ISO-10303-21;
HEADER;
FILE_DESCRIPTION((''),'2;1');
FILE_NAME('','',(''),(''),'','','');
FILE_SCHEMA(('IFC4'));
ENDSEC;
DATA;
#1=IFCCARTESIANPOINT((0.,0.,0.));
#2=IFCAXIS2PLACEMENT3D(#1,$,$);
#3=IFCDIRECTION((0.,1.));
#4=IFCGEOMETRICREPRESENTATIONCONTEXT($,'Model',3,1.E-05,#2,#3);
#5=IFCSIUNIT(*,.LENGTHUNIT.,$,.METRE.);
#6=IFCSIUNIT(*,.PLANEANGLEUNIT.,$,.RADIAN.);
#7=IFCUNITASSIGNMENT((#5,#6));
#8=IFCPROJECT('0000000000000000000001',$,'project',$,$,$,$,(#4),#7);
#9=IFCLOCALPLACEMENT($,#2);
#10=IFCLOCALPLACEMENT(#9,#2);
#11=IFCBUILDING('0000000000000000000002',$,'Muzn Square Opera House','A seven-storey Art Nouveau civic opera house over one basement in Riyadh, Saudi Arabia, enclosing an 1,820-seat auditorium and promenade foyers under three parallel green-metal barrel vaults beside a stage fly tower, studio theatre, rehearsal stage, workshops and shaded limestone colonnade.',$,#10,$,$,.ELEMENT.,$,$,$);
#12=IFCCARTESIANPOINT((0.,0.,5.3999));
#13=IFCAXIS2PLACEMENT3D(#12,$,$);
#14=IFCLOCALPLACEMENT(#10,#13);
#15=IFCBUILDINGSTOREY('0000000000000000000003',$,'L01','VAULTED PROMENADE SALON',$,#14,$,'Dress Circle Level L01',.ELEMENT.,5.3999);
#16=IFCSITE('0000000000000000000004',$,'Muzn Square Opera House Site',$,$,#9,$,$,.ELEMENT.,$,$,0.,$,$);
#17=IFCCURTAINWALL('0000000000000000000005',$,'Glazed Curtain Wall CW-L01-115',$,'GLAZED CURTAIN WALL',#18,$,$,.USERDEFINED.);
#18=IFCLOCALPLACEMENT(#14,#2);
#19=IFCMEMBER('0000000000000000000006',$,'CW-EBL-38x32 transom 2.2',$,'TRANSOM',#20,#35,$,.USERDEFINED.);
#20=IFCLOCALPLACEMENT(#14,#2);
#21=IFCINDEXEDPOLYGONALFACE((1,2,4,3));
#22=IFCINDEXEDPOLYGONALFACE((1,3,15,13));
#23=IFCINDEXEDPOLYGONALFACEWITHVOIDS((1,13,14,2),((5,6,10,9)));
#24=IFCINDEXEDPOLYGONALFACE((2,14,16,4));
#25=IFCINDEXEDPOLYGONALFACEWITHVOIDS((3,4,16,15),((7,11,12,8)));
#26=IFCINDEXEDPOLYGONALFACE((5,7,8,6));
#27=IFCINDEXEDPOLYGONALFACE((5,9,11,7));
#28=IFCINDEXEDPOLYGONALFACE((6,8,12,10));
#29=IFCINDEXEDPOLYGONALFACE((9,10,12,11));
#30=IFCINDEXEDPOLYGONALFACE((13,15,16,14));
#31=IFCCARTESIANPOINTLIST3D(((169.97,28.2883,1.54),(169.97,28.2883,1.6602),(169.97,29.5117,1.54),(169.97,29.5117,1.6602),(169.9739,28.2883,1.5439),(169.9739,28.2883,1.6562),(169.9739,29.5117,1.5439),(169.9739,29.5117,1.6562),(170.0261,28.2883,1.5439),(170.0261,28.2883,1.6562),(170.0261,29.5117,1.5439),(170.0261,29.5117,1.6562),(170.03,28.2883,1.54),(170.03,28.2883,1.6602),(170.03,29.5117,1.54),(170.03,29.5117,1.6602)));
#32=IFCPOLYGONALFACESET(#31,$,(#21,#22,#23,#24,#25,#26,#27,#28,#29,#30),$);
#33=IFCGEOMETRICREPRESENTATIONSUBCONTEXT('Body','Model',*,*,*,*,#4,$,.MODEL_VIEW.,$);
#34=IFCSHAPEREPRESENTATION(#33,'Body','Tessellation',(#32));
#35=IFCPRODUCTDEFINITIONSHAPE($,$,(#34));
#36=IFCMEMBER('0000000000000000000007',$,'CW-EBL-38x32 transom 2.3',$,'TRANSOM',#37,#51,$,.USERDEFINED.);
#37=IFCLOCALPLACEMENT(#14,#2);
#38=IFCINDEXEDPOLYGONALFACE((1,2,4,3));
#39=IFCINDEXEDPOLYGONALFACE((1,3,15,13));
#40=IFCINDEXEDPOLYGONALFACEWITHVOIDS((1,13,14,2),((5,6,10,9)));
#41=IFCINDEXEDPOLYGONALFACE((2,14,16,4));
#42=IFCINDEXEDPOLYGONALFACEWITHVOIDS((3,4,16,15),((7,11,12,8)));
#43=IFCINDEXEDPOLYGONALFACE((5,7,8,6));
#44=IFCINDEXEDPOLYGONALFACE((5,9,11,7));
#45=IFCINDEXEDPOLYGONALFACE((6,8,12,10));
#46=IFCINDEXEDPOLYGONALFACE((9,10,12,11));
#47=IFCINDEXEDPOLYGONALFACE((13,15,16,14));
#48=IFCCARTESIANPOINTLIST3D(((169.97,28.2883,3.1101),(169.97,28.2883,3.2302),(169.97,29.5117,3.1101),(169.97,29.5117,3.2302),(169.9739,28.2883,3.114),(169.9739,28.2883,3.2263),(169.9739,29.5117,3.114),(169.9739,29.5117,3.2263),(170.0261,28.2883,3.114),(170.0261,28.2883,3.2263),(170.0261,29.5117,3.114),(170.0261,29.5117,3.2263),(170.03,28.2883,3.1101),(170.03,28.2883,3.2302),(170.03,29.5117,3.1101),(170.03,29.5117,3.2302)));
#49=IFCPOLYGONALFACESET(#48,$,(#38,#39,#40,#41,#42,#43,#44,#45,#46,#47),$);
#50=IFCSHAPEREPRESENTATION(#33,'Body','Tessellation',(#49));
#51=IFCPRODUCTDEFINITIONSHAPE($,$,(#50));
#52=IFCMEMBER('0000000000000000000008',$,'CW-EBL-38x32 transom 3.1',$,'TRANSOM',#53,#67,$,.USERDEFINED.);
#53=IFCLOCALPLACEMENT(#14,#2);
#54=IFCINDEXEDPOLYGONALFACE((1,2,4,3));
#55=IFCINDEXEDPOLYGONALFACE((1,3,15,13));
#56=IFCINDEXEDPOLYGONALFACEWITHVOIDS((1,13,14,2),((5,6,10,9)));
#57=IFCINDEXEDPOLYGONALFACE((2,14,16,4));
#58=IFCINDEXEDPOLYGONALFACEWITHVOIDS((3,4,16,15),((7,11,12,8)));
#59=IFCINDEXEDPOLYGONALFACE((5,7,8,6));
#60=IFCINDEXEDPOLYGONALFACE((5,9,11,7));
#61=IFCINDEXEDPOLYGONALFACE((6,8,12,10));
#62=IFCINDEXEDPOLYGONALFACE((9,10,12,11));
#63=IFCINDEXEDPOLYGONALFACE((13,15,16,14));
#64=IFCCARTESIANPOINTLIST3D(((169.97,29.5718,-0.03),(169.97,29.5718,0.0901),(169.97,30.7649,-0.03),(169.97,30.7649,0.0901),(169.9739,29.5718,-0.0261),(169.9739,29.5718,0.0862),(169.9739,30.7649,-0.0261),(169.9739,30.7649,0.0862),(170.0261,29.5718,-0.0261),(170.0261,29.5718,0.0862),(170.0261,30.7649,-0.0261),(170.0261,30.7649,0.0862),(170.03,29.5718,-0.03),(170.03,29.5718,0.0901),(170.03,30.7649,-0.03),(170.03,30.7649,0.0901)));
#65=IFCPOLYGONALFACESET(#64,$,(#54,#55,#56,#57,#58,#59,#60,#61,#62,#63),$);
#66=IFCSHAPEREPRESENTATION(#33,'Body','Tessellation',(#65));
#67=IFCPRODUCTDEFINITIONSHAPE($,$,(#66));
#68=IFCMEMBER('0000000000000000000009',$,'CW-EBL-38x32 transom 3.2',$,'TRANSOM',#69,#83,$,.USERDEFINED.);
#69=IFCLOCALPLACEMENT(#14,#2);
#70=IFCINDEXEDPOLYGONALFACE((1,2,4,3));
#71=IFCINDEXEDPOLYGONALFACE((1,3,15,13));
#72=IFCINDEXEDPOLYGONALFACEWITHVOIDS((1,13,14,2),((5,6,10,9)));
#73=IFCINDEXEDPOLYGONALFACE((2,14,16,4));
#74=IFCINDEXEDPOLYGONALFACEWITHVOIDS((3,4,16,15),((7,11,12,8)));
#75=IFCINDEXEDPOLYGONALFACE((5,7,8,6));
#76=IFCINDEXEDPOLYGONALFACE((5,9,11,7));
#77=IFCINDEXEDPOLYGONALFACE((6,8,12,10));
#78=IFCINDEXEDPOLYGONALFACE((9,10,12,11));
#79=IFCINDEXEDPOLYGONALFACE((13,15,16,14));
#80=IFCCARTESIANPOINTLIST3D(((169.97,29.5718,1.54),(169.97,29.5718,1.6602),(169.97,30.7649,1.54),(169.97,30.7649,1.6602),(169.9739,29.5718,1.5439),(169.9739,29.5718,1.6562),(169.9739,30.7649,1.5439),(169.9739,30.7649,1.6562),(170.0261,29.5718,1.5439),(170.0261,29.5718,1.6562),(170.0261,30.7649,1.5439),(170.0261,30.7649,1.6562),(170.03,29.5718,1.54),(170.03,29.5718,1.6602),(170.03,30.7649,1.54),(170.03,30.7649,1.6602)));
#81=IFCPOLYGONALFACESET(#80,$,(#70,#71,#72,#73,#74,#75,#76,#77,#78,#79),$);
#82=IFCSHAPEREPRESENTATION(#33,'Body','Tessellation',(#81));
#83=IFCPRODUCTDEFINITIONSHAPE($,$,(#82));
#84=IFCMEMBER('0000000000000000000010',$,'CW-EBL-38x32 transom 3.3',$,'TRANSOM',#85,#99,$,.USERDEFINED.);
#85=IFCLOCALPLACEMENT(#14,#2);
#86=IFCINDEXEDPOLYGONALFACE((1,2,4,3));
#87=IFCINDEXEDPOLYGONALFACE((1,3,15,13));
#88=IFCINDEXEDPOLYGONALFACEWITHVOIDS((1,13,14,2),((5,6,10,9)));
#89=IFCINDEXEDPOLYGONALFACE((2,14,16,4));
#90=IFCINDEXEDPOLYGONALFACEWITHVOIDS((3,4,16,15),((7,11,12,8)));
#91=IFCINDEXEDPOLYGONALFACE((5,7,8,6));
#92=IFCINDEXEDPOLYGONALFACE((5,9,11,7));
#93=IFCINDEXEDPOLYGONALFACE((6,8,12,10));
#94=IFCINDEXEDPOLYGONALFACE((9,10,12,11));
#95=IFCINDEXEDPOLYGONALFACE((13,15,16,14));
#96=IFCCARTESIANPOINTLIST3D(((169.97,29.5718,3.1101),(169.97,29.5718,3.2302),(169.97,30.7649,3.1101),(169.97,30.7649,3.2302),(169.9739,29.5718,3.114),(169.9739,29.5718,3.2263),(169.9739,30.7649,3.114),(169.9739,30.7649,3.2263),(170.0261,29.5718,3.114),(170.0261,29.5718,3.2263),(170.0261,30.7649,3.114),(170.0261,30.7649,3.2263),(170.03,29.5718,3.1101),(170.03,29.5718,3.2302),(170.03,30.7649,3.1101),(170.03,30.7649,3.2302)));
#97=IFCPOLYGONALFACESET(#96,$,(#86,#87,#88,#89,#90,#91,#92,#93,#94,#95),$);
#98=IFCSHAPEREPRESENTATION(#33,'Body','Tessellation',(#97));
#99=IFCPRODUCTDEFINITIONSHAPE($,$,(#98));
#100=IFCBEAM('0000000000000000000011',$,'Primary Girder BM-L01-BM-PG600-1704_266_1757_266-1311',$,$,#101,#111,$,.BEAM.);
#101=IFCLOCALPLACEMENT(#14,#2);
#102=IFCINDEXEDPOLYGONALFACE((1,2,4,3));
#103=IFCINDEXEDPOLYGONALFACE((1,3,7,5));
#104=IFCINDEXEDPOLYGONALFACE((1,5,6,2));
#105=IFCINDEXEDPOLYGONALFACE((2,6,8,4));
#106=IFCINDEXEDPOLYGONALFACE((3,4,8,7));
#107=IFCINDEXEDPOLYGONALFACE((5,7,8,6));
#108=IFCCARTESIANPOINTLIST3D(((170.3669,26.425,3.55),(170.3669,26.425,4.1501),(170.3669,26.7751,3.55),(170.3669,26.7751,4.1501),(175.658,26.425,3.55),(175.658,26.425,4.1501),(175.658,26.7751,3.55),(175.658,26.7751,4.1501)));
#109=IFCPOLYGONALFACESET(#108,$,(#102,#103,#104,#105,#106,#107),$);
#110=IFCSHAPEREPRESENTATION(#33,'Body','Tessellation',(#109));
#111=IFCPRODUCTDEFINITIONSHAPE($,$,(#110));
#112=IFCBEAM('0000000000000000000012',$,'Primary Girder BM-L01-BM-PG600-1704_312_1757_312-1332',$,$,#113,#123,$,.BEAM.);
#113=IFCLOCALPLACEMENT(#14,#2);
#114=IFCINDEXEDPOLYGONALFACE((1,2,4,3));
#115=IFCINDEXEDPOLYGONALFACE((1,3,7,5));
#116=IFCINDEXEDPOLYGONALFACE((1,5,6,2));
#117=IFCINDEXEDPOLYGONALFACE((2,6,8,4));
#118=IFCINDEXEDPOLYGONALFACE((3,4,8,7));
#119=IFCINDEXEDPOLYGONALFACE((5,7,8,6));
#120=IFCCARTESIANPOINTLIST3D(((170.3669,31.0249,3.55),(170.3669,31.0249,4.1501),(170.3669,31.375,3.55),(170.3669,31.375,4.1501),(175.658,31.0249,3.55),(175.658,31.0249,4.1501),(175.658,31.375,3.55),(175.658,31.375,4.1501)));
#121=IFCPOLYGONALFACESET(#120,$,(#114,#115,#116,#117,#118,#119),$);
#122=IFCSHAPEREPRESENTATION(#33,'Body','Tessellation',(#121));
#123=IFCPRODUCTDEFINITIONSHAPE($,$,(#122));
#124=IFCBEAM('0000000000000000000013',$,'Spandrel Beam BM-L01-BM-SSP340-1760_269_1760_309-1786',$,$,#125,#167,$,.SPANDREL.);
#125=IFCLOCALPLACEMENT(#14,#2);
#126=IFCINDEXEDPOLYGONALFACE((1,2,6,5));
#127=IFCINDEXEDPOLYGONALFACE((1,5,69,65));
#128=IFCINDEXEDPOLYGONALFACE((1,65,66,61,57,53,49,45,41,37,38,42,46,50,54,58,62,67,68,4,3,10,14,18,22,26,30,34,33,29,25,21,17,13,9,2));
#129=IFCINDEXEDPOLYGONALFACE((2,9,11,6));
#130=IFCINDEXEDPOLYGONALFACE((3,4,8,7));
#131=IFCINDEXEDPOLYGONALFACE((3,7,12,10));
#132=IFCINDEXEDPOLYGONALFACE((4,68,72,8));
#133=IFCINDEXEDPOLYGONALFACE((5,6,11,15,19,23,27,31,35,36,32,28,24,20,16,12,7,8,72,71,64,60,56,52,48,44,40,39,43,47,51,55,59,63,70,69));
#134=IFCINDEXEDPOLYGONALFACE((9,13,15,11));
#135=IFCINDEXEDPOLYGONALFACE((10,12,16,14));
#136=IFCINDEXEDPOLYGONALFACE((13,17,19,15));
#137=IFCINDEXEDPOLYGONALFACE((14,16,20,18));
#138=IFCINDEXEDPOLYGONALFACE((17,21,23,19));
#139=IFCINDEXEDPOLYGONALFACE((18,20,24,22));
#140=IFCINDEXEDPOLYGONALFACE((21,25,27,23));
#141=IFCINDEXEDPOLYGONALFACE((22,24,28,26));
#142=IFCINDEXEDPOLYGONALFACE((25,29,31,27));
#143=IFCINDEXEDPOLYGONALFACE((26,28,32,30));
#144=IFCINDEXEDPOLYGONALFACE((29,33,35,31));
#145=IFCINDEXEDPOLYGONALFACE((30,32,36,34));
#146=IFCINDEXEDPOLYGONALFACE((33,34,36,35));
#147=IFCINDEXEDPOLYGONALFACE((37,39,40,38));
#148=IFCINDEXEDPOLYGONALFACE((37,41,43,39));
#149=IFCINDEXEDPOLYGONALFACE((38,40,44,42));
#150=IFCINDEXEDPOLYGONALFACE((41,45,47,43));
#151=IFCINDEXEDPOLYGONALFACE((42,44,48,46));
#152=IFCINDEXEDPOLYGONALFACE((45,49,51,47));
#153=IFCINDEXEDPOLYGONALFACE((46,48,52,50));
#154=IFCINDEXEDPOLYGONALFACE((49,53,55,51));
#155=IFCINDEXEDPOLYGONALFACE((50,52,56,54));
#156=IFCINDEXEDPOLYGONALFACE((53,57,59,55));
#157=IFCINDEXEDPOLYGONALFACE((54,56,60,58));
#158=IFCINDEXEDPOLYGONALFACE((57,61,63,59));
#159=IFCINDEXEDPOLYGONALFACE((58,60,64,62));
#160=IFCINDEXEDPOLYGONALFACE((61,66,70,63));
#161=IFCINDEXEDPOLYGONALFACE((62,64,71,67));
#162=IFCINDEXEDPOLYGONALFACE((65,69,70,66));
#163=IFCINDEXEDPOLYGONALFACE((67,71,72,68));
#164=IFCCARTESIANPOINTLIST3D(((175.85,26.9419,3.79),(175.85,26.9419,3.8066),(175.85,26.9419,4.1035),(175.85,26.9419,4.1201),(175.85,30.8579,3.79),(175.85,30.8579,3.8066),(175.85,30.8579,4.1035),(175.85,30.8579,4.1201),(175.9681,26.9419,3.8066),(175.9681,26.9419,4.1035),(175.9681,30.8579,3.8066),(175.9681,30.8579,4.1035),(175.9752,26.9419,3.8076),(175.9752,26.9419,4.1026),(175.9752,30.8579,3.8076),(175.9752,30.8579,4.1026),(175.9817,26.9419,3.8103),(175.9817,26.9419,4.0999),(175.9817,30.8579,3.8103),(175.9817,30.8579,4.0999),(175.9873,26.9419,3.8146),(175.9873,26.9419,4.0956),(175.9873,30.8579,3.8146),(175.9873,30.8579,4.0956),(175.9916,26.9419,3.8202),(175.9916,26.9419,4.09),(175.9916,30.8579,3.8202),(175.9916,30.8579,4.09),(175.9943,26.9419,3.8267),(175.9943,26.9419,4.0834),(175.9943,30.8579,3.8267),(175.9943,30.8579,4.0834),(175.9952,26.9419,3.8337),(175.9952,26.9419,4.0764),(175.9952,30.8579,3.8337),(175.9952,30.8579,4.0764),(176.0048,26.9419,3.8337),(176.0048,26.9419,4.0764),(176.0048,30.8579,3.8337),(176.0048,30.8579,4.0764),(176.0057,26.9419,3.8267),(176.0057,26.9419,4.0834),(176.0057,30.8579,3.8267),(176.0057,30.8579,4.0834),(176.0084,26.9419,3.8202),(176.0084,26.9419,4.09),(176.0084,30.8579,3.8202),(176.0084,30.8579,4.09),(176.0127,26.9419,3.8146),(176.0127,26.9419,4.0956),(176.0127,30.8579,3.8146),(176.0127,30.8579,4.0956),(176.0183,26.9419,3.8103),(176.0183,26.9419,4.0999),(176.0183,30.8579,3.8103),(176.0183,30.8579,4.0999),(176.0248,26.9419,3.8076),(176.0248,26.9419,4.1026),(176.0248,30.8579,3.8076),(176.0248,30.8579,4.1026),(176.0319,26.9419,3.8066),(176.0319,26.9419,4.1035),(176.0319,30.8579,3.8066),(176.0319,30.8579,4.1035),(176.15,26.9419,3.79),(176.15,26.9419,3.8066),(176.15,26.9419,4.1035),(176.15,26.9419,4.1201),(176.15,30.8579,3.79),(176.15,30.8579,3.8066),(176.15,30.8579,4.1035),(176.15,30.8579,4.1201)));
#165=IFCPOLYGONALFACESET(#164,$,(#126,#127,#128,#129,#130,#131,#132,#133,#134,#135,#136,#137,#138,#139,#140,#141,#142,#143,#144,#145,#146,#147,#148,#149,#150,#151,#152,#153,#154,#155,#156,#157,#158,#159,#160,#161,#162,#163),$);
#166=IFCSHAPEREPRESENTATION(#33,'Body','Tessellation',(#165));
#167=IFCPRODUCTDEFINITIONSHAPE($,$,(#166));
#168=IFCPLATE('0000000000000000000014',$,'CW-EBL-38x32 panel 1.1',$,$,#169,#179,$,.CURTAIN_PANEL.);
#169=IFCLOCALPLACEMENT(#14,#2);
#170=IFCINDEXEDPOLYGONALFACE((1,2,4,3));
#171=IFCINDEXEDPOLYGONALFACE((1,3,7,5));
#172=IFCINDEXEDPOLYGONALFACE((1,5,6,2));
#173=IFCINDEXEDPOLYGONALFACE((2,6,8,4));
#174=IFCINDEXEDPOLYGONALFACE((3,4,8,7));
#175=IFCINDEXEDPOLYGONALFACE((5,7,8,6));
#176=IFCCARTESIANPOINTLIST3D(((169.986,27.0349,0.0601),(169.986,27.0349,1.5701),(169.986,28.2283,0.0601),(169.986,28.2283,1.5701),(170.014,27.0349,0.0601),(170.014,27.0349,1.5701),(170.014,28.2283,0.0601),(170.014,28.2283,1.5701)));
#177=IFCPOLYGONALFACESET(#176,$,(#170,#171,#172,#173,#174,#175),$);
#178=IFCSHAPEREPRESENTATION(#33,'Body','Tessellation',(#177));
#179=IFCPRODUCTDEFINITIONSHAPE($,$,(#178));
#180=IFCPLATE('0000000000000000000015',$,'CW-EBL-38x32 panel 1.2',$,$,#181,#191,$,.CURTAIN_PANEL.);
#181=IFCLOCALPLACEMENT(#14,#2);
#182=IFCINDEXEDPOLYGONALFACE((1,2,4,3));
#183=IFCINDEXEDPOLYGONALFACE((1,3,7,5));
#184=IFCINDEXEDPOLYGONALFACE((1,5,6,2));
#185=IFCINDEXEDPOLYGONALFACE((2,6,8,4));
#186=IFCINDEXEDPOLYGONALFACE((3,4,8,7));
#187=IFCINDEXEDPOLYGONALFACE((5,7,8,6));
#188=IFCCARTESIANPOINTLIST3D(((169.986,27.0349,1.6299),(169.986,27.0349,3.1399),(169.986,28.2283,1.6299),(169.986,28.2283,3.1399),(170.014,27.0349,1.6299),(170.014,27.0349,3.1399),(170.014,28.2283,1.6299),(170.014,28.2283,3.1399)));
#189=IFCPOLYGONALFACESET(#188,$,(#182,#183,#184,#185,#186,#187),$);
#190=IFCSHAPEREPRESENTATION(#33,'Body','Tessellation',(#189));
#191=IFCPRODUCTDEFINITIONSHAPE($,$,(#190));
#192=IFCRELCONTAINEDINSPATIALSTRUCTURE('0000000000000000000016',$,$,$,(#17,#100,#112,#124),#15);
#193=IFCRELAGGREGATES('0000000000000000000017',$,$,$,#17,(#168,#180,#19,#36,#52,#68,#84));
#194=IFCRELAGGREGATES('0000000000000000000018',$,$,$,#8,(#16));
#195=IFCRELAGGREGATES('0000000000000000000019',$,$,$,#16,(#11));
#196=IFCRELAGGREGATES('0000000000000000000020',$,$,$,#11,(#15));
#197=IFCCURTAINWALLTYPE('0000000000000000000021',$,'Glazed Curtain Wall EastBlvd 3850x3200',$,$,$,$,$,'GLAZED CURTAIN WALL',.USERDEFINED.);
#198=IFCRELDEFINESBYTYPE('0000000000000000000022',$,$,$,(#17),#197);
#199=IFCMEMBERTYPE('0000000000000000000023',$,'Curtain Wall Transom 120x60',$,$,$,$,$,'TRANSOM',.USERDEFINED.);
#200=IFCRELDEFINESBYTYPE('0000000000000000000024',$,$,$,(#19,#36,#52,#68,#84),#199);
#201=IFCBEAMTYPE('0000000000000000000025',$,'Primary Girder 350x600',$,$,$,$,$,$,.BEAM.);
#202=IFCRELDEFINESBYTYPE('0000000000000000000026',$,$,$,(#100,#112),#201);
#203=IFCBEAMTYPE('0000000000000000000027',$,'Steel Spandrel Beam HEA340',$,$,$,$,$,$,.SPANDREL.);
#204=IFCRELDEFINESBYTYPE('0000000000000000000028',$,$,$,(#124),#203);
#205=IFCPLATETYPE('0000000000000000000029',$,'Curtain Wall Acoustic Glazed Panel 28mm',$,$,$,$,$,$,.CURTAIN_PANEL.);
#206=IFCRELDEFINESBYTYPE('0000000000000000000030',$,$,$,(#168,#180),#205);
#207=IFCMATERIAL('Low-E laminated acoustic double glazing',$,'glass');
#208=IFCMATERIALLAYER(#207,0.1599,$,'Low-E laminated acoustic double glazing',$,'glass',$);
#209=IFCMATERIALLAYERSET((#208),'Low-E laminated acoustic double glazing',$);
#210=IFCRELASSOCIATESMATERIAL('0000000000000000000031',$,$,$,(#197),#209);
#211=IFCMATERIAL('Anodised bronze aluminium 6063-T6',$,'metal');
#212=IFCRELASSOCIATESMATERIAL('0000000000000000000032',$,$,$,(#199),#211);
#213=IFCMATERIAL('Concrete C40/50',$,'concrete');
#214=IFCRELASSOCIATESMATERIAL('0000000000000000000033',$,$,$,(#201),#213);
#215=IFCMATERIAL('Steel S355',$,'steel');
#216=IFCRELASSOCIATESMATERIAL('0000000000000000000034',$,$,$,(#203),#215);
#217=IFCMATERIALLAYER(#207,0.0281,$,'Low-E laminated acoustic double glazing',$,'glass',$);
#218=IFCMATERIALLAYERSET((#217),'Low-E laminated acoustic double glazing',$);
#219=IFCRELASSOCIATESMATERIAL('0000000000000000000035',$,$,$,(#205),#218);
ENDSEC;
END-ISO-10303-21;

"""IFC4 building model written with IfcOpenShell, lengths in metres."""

from ifc_helpers import new_model, si_unit, direction, frame, origin, origin_2d, place, context, subcontext, project, spatial, rectangle, hollow_rectangle, i_section, extrude, material, layer, layer_set, material_profile, profile_set, type_object, element, aggregate, save


model = new_model("IFC4")

# Units and contexts
model_context = context("Model", 3, precision=1e-05, world=origin(), true_north=direction((0.0, 1.0)))
body_context = subcontext(model_context, "Body", "Model", "MODEL_VIEW")
ifc_project = project(units=[si_unit("LENGTHUNIT", "METRE"), si_unit("PLANEANGLEUNIT", "RADIAN")], contexts=[model_context])

# Site, building, storey
site_placement = place(None, origin())
site = spatial("IfcSite", under=ifc_project, at=site_placement, Name="Muzn Square Opera House Site", CompositionType="ELEMENT", RefElevation=0.0)
building_placement = place(site_placement, origin())
building = spatial("IfcBuilding", under=site, at=building_placement, Name="Muzn Square Opera House", Description="A seven-storey Art Nouveau civic opera house over one basement in Riyadh, Saudi Arabia, enclosing an 1,820-seat auditorium and promenade foyers under three parallel green-metal barrel vaults beside a stage fly tower, studio theatre, rehearsal stage, workshops and shaded limestone colonnade.", CompositionType="ELEMENT")
storey_placement = place(building_placement, frame((0.0, 0.0, 5.3999)))
storey = spatial("IfcBuildingStorey", under=building, at=storey_placement, Name="L01", Description="VAULTED PROMENADE SALON", LongName="Dress Circle Level L01", CompositionType="ELEMENT", Elevation=5.3999)

# Curtain wall, members
ifc_material_1 = material(Name="Low-E laminated acoustic double glazing", Category="glass")
ifc_layer_1 = layer(ifc_material_1, 0.1599, Name="Low-E laminated acoustic double glazing", Category="glass")
ifc_layer_set_1 = layer_set([ifc_layer_1], Name="Low-E laminated acoustic double glazing")
curtain_wall_type = type_object("IfcCurtainWallType", Name="Glazed Curtain Wall EastBlvd 3850x3200", ElementType="GLAZED CURTAIN WALL", PredefinedType="USERDEFINED", material=ifc_layer_set_1)
curtain_wall_placement = place(storey_placement, origin())
curtain_wall = element("IfcCurtainWall", 1, at=curtain_wall_placement, inside=storey, type_object=curtain_wall_type, Name="Glazed Curtain Wall CW-L01-115", ObjectType="GLAZED CURTAIN WALL", PredefinedType="USERDEFINED")
ifc_material_2 = material(Name="Anodised bronze aluminium 6063-T6", Category="metal")
ifc_material_profile_1 = material_profile(ifc_material_2, hollow_rectangle(XDim=0.0601, YDim=0.1201, WallThickness=0.0039, at=origin_2d()), Name="ALU 120x60x4", Category="metal")
ifc_profile_set_1 = profile_set([ifc_material_profile_1], Name="Anodised bronze aluminium 6063-T6")
member_type_1 = type_object("IfcMemberType", Name="Curtain Wall Transom 120x60", ElementType="TRANSOM", PredefinedType="USERDEFINED", material=ifc_profile_set_1)
member_1_placement = place(storey_placement, frame((170.0, 28.2883, 1.6001), z_axis=(0.0, 1.0, 0.0), x_axis=(-1.0, 0.0, 0.0)))
member_1 = element("IfcMember", 2, at=member_1_placement, type_object=member_type_1, Name="CW-EBL-38x32 transom 2.2", ObjectType="TRANSOM", PredefinedType="USERDEFINED", context=body_context, shape_type="SweptSolid", body=[
    extrude(hollow_rectangle(XDim=0.0601, YDim=0.1201, WallThickness=0.0039, at=origin_2d()), origin(), (0.0, 0.0, 1.0), 1.2234),
])
member_2_placement = place(storey_placement, frame((170.0, 28.2883, 3.1702), z_axis=(0.0, 1.0, 0.0), x_axis=(-1.0, 0.0, 0.0)))
member_2 = element("IfcMember", 3, at=member_2_placement, type_object=member_type_1, Name="CW-EBL-38x32 transom 2.3", ObjectType="TRANSOM", PredefinedType="USERDEFINED", context=body_context, shape_type="SweptSolid", body=[
    extrude(hollow_rectangle(XDim=0.0601, YDim=0.1201, WallThickness=0.0039, at=origin_2d()), origin(), (0.0, 0.0, 1.0), 1.2234),
])
member_3_placement = place(storey_placement, frame((170.0, 29.5718, 0.03), z_axis=(0.0, 1.0, 0.0), x_axis=(-1.0, 0.0, 0.0)))
member_3 = element("IfcMember", 4, at=member_3_placement, type_object=member_type_1, Name="CW-EBL-38x32 transom 3.1", ObjectType="TRANSOM", PredefinedType="USERDEFINED", context=body_context, shape_type="SweptSolid", body=[
    extrude(hollow_rectangle(XDim=0.0601, YDim=0.1201, WallThickness=0.0039, at=origin_2d()), origin(), (0.0, 0.0, 1.0), 1.1931),
])
member_4_placement = place(storey_placement, frame((170.0, 29.5718, 1.6001), z_axis=(0.0, 1.0, 0.0), x_axis=(-1.0, 0.0, 0.0)))
member_4 = element("IfcMember", 5, at=member_4_placement, type_object=member_type_1, Name="CW-EBL-38x32 transom 3.2", ObjectType="TRANSOM", PredefinedType="USERDEFINED", context=body_context, shape_type="SweptSolid", body=[
    extrude(hollow_rectangle(XDim=0.0601, YDim=0.1201, WallThickness=0.0039, at=origin_2d()), origin(), (0.0, 0.0, 1.0), 1.1931),
])
member_5_placement = place(storey_placement, frame((170.0, 29.5718, 3.1702), z_axis=(0.0, 1.0, 0.0), x_axis=(-1.0, 0.0, 0.0)))
member_5 = element("IfcMember", 6, at=member_5_placement, type_object=member_type_1, Name="CW-EBL-38x32 transom 3.3", ObjectType="TRANSOM", PredefinedType="USERDEFINED", context=body_context, shape_type="SweptSolid", body=[
    extrude(hollow_rectangle(XDim=0.0601, YDim=0.1201, WallThickness=0.0039, at=origin_2d()), origin(), (0.0, 0.0, 1.0), 1.1931),
])

# Beams
ifc_material_3 = material(Name="Concrete C40/50", Category="concrete")
ifc_material_profile_2 = material_profile(ifc_material_3, rectangle(XDim=0.3501, YDim=0.6001, at=origin_2d()), Name="RCB 350x600", Category="concrete")
ifc_profile_set_2 = profile_set([ifc_material_profile_2], Name="Concrete C40/50")
beam_type_1 = type_object("IfcBeamType", Name="Primary Girder 350x600", PredefinedType="BEAM", material=ifc_profile_set_2)
for number, where, z_axis, x_axis, name in (
    (7, (170.3669, 26.6001, 3.8501), (1.0, 0.0, 0.0), (0.0, 1.0, 0.0), "Primary Girder BM-L01-BM-PG600-1704_266_1757_266-1311"),
    (8, (170.3669, 31.2, 3.8501), (1.0, 0.0, 0.0), (0.0, 1.0, 0.0), "Primary Girder BM-L01-BM-PG600-1704_312_1757_312-1332"),
):
    element("IfcBeam", number, at=place(storey_placement, frame(where, z_axis=z_axis, x_axis=x_axis)), inside=storey, type_object=beam_type_1, Name=name, PredefinedType="BEAM", context=body_context, shape_type="SweptSolid", body=[
        extrude(rectangle(XDim=0.3501, YDim=0.6001, at=origin_2d()), origin(), (0.0, 0.0, 1.0), 5.291),
    ])
ifc_material_4 = material(Name="Steel S355", Category="steel")
ifc_material_profile_3 = material_profile(ifc_material_4, i_section(OverallWidth=0.3, OverallDepth=0.3301, WebThickness=0.0095, FlangeThickness=0.0166, FilletRadius=0.0271, at=origin_2d()), Name="HEA 340", Category="steel")
ifc_profile_set_3 = profile_set([ifc_material_profile_3], Name="Steel S355")
beam_type_2 = type_object("IfcBeamType", Name="Steel Spandrel Beam HEA340", PredefinedType="SPANDREL", material=ifc_profile_set_3)
beam_placement = place(storey_placement, frame((176.0, 26.9419, 3.9551), z_axis=(0.0, 1.0, 0.0), x_axis=(-1.0, 0.0, 0.0)))
element("IfcBeam", 9, at=beam_placement, inside=storey, type_object=beam_type_2, Name="Spandrel Beam BM-L01-BM-SSP340-1760_269_1760_309-1786", PredefinedType="SPANDREL", context=body_context, shape_type="SweptSolid", body=[
    extrude(i_section(OverallWidth=0.3, OverallDepth=0.3301, WebThickness=0.0095, FlangeThickness=0.0166, FilletRadius=0.0271, at=origin_2d()), origin(), (0.0, 0.0, 1.0), 3.916),
])

# Plates
ifc_layer_2 = layer(ifc_material_1, 0.0281, Name="Low-E laminated acoustic double glazing", Category="glass")
ifc_layer_set_2 = layer_set([ifc_layer_2], Name="Low-E laminated acoustic double glazing")
plate_type = type_object("IfcPlateType", Name="Curtain Wall Acoustic Glazed Panel 28mm", PredefinedType="CURTAIN_PANEL", material=ifc_layer_set_2)
plate_1_placement = place(storey_placement, frame((170.0, 27.6316, 0.0601), z_axis=(0.0, 0.0, 1.0), x_axis=(0.0, 1.0, 0.0)))
plate_1 = element("IfcPlate", 10, at=plate_1_placement, type_object=plate_type, Name="CW-EBL-38x32 panel 1.1", PredefinedType="CURTAIN_PANEL", context=body_context, shape_type="SweptSolid", body=[
    extrude(rectangle(XDim=1.1934, YDim=0.0281, at=origin_2d()), origin(), (0.0, 0.0, 1.0), 1.51),
])
plate_2_placement = place(storey_placement, frame((170.0, 27.6316, 1.6299), z_axis=(0.0, 0.0, 1.0), x_axis=(0.0, 1.0, 0.0)))
plate_2 = element("IfcPlate", 11, at=plate_2_placement, type_object=plate_type, Name="CW-EBL-38x32 panel 1.2", PredefinedType="CURTAIN_PANEL", context=body_context, shape_type="SweptSolid", body=[
    extrude(rectangle(XDim=1.1934, YDim=0.0281, at=origin_2d()), origin(), (0.0, 0.0, 1.0), 1.51),
])
aggregate(curtain_wall, [plate_1, plate_2, member_1, member_2, member_3, member_4, member_5])

save(model, "model.ifc")
